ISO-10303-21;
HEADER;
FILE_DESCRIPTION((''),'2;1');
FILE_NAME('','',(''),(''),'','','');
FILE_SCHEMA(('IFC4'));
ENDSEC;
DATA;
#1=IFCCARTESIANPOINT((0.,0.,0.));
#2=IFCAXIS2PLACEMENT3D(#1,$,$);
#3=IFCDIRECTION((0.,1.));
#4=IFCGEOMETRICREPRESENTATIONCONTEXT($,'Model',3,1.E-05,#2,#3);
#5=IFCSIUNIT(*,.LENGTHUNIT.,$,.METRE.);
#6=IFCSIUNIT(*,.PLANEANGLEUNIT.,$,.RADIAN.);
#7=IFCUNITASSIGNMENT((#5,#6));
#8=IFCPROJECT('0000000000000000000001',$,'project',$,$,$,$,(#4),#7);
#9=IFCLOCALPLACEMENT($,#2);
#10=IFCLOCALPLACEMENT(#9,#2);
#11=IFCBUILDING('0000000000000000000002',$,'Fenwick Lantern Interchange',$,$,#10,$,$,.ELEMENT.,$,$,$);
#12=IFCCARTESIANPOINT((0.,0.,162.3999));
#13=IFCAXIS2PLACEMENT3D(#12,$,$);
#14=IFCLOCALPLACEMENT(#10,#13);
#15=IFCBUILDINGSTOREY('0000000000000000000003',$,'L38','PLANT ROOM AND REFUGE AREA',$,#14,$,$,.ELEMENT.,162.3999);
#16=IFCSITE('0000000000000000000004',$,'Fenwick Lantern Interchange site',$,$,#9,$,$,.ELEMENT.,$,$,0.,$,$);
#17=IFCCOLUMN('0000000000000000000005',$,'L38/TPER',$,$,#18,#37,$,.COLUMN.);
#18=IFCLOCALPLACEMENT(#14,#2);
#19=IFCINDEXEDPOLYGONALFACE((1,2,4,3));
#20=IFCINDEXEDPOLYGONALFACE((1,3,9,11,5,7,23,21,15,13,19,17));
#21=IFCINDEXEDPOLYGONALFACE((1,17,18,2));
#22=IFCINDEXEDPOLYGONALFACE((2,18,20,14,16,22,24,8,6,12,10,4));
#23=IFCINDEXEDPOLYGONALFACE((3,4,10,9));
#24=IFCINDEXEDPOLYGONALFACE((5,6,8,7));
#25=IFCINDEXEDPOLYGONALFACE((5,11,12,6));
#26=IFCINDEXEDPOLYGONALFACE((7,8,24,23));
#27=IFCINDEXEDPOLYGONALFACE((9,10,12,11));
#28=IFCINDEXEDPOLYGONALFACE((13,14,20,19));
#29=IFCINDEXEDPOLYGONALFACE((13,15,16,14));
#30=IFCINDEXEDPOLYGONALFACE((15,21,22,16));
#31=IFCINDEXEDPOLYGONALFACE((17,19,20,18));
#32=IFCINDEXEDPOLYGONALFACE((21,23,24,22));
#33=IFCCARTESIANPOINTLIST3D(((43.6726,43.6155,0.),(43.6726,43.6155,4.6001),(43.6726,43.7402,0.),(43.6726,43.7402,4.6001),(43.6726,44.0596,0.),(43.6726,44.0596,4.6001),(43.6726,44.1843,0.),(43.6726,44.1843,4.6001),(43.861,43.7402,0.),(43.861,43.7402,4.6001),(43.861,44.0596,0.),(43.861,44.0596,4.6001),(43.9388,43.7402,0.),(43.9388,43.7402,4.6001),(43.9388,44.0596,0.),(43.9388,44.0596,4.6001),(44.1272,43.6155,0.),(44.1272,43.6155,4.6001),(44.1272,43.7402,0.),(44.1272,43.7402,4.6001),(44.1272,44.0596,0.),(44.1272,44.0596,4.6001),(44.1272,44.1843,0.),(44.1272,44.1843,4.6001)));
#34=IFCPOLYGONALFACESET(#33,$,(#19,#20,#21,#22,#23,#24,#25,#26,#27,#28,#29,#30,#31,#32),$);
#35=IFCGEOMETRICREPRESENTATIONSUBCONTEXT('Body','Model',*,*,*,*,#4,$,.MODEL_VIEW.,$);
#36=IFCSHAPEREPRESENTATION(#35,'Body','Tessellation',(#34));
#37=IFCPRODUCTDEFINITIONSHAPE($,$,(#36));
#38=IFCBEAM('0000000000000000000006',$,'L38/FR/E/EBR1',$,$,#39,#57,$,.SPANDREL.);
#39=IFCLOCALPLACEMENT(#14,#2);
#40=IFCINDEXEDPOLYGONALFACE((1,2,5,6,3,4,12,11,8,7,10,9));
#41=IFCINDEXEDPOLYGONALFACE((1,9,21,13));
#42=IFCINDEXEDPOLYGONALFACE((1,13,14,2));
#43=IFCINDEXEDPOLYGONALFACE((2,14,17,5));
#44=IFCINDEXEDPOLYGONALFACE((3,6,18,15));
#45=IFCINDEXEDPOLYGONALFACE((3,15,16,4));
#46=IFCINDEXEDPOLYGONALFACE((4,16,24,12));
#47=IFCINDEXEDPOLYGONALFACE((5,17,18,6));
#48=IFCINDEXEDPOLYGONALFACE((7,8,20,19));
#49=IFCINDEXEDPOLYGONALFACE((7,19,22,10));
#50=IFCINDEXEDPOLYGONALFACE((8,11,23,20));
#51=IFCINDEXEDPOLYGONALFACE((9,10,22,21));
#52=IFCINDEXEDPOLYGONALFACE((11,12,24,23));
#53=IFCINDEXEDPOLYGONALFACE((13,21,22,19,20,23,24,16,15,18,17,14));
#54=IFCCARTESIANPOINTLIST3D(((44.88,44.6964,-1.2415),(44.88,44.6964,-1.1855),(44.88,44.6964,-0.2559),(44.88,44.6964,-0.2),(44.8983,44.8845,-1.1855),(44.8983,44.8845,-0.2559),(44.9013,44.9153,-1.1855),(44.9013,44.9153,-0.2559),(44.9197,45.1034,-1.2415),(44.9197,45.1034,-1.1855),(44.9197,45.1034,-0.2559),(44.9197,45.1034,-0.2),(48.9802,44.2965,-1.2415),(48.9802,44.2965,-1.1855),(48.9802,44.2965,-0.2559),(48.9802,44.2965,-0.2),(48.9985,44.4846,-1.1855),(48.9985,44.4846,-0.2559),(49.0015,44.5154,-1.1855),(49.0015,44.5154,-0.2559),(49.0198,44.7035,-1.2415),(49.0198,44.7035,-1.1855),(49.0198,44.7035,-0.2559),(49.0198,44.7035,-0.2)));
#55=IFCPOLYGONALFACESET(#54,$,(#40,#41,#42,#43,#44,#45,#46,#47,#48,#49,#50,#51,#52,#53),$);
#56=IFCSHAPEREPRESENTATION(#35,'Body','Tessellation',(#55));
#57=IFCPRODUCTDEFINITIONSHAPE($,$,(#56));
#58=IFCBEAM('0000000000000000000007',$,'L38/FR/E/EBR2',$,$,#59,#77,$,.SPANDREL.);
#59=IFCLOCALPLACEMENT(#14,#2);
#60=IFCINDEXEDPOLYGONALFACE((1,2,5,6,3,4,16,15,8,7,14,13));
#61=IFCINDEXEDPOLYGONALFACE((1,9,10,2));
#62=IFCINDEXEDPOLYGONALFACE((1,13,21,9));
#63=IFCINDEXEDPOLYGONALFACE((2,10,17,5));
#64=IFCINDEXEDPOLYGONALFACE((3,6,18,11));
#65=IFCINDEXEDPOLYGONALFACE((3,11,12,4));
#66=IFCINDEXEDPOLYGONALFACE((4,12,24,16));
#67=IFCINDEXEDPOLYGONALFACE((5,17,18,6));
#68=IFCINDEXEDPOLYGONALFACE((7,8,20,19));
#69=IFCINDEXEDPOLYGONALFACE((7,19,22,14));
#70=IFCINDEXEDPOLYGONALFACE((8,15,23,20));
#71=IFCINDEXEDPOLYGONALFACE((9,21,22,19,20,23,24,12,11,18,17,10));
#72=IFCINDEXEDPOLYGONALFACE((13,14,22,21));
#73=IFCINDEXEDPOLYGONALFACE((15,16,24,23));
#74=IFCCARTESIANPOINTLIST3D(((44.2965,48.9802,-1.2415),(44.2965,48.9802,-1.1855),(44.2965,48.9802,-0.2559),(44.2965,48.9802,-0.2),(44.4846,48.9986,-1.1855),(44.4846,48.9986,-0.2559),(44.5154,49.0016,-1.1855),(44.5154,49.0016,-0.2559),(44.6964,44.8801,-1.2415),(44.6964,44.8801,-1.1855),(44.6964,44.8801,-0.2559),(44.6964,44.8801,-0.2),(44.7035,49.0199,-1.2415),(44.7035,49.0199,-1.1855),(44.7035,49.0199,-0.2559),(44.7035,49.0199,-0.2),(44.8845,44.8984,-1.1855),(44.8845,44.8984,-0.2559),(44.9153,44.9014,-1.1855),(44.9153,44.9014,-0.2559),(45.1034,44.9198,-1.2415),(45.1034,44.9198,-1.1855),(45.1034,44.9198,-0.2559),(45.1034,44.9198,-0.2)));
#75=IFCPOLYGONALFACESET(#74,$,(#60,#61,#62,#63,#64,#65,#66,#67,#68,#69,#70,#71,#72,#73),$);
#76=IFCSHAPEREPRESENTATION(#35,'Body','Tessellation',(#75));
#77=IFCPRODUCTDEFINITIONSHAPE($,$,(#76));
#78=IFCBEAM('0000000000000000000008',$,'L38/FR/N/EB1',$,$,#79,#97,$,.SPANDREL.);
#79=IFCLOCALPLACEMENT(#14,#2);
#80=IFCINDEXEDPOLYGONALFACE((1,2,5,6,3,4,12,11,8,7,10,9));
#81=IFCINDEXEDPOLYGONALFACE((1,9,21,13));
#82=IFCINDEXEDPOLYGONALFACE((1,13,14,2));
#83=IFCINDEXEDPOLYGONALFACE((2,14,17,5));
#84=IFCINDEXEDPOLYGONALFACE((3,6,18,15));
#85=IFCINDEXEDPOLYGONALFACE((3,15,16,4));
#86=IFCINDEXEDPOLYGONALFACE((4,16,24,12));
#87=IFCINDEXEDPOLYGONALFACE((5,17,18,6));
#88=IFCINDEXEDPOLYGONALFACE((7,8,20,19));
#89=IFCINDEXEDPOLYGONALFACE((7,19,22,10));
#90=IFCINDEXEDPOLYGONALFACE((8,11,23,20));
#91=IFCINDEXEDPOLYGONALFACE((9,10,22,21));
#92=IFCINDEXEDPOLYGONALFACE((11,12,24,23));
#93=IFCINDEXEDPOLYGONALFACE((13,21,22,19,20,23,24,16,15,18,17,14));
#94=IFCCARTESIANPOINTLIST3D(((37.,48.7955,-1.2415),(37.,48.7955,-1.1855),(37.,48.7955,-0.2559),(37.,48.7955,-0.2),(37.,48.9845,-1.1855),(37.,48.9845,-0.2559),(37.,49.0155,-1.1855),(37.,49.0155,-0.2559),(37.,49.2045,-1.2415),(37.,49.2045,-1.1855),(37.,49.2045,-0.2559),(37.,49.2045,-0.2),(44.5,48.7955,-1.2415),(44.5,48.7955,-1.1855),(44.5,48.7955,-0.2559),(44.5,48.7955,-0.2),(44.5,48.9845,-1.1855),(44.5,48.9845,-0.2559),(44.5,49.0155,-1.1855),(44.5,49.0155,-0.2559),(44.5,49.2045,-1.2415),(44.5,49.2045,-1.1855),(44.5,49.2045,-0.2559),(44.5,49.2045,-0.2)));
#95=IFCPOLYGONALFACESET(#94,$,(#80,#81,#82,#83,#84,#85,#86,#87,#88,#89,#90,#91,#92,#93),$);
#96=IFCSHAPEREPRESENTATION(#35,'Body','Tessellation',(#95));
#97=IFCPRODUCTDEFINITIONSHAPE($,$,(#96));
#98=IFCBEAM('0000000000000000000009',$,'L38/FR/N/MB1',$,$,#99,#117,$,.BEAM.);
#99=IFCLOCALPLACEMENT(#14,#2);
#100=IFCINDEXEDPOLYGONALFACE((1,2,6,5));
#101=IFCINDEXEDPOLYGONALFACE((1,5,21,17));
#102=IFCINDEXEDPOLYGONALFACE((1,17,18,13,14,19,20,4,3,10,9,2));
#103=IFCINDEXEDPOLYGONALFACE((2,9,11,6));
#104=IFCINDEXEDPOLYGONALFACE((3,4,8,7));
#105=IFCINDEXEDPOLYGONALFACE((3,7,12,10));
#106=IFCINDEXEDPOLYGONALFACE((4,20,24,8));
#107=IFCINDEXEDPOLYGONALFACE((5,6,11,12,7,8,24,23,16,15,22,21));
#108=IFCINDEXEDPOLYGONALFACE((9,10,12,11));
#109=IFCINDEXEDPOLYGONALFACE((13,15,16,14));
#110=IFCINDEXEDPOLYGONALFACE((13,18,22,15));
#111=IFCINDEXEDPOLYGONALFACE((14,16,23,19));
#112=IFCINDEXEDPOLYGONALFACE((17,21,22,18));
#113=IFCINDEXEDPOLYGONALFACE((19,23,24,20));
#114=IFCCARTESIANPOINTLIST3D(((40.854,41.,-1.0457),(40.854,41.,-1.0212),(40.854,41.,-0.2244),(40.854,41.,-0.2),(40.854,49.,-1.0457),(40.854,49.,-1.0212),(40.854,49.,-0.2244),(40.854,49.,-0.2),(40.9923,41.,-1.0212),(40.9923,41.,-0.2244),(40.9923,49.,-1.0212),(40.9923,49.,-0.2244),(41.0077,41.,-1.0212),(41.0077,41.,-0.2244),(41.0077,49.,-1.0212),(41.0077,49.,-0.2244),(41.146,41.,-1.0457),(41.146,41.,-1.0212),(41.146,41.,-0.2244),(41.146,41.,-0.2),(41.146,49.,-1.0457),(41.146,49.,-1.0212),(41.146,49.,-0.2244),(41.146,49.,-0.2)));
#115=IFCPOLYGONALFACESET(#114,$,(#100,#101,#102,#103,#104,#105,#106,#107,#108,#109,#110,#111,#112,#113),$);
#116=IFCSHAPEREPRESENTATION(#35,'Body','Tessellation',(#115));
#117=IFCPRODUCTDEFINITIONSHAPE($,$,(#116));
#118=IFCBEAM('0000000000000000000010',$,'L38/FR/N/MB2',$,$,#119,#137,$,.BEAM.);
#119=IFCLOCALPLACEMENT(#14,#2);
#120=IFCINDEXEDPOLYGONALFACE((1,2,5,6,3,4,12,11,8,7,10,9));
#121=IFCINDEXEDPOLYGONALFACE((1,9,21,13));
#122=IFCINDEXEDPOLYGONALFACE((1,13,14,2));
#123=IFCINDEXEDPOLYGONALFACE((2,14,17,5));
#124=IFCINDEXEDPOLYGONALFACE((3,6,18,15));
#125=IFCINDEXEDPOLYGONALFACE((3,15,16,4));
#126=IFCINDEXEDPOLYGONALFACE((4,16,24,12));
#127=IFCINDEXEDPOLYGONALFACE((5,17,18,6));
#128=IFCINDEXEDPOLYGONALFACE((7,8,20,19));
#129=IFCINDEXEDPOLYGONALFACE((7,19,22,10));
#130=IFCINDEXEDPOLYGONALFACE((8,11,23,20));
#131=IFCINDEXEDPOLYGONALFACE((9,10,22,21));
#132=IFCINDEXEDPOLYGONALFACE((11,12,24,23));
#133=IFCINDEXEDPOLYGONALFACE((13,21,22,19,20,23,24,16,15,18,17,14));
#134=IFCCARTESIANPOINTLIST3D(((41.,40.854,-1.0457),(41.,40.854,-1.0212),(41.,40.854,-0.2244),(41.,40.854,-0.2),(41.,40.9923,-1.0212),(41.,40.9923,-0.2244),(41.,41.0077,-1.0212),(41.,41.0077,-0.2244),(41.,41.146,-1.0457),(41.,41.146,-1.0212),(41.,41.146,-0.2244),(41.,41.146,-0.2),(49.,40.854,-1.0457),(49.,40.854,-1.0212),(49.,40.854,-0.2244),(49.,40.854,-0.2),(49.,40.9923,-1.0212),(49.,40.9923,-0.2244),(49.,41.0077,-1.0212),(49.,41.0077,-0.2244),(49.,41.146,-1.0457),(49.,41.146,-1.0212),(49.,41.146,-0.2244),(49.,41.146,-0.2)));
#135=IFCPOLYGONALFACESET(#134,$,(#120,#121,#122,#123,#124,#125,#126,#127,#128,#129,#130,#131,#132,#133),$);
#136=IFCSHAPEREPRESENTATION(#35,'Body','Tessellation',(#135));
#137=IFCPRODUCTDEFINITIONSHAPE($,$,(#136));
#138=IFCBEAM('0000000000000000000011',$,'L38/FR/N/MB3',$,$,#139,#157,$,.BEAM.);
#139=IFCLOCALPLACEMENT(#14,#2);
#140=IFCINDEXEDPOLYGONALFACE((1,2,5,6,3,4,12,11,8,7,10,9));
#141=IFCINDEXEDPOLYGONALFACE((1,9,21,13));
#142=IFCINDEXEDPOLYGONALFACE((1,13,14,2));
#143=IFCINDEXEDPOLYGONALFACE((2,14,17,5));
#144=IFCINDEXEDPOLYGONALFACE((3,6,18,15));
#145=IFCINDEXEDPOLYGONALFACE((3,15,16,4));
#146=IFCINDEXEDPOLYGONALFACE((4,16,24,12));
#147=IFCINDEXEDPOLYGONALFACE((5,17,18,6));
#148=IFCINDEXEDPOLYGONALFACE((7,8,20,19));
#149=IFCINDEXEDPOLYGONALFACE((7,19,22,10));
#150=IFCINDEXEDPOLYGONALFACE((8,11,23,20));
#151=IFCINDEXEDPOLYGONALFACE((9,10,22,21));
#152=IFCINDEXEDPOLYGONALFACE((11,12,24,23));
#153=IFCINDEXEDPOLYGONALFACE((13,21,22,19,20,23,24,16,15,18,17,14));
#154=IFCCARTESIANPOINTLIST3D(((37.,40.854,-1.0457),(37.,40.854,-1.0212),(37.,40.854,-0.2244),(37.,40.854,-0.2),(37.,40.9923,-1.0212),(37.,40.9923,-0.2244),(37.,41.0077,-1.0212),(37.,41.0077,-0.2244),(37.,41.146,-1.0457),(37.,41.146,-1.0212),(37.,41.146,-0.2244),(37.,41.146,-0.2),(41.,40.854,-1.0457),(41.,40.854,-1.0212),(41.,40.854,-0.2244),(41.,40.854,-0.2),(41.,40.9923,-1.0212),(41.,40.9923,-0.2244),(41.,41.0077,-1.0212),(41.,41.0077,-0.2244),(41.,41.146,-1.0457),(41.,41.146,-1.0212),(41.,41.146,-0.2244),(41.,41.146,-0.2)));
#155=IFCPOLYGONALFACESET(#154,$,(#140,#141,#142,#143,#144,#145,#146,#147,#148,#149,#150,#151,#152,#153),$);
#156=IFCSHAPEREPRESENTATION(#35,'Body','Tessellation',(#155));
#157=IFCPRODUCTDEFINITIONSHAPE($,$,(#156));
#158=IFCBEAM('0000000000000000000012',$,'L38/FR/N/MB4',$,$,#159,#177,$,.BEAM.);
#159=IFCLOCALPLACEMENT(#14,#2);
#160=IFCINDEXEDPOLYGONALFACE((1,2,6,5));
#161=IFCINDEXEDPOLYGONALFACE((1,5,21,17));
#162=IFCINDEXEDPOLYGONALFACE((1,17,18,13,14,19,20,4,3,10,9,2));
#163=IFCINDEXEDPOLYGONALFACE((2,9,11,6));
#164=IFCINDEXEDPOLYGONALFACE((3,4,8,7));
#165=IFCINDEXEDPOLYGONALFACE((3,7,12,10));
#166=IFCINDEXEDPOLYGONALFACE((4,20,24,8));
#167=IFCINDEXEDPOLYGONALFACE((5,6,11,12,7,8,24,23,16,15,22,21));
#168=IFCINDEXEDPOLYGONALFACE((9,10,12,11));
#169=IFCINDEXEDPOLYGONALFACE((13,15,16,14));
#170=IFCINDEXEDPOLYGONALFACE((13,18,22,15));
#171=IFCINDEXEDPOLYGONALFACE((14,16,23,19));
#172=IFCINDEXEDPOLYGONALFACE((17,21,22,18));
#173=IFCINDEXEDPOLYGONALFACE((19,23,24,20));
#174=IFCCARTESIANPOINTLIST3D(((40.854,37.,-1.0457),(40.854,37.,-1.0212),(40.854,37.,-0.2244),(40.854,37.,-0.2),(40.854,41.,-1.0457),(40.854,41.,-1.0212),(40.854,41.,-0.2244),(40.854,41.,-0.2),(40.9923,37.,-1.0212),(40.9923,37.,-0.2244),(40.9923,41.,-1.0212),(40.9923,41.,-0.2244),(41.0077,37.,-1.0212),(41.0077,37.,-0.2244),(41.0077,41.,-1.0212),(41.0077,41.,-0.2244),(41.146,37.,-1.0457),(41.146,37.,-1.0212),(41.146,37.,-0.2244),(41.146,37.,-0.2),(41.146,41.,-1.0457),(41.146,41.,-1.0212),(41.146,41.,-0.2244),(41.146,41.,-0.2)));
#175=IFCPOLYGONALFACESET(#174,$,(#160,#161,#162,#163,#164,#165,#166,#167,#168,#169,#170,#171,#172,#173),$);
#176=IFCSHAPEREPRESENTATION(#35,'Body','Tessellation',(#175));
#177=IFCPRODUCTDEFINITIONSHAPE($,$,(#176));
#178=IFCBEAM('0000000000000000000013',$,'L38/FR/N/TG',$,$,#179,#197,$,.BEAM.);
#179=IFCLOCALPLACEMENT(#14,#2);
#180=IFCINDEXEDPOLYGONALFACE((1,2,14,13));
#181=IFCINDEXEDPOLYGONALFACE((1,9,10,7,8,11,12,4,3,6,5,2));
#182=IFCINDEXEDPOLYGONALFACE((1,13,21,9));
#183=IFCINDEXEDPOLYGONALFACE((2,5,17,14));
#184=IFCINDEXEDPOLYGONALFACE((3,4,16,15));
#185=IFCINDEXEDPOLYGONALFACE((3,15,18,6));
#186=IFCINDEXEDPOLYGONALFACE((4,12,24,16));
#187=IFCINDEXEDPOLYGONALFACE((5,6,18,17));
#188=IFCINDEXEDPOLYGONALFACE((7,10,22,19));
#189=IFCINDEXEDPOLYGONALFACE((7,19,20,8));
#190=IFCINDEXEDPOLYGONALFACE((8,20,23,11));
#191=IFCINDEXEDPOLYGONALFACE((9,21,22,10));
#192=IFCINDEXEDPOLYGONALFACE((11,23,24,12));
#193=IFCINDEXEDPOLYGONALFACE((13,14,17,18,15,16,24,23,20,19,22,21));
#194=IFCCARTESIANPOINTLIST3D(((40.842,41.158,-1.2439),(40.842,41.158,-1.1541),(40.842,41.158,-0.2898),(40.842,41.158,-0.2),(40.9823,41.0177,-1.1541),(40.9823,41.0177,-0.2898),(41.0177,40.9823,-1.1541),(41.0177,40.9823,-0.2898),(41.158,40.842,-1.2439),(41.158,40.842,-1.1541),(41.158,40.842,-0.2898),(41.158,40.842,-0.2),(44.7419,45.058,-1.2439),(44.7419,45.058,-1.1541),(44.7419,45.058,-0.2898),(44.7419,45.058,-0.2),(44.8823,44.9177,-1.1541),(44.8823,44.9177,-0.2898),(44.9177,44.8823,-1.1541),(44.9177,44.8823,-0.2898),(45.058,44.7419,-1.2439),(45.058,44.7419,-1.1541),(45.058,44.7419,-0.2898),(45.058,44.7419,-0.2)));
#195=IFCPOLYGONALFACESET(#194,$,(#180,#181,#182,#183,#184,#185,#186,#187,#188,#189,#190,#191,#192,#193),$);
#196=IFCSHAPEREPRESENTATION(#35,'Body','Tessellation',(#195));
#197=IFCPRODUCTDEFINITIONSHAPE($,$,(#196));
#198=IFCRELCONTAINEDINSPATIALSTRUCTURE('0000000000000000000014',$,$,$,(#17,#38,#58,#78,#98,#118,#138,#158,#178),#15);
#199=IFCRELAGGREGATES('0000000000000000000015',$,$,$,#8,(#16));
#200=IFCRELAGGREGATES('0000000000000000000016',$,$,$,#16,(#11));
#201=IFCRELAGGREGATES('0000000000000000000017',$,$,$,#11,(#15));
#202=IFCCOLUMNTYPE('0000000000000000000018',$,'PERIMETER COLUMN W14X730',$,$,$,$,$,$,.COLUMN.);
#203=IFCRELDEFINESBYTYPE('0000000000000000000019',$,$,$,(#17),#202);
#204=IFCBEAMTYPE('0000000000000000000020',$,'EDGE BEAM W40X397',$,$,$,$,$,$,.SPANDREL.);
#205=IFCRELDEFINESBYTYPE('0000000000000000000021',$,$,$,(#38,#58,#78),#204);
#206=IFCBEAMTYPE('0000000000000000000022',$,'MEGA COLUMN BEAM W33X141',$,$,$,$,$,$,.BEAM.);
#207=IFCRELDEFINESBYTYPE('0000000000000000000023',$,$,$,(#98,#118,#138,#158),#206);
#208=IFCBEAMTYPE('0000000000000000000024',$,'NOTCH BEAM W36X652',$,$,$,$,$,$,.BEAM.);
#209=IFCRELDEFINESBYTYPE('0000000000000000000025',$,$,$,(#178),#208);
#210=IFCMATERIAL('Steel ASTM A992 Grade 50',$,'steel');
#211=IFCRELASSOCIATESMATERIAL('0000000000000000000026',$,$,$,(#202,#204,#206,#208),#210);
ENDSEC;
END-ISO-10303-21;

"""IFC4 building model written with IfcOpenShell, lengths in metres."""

from ifc_helpers import new_model, si_unit, direction, frame, origin, origin_2d, place, context, subcontext, project, spatial, i_section, extrude, material, material_profile, profile_set, type_object, element, save


model = new_model("IFC4")

# Units and contexts
model_context = context("Model", 3, precision=1e-05, world=origin(), true_north=direction((0.0, 1.0)))
body_context = subcontext(model_context, "Body", "Model", "MODEL_VIEW")
ifc_project = project(units=[si_unit("LENGTHUNIT", "METRE"), si_unit("PLANEANGLEUNIT", "RADIAN")], contexts=[model_context])

# Site, building, storey
site_placement = place(None, origin())
site = spatial("IfcSite", under=ifc_project, at=site_placement, Name="Fenwick Lantern Interchange site", CompositionType="ELEMENT", RefElevation=0.0)
building_placement = place(site_placement, origin())
building = spatial("IfcBuilding", under=site, at=building_placement, Name="Fenwick Lantern Interchange", CompositionType="ELEMENT")
storey_placement = place(building_placement, frame((0.0, 0.0, 162.3999)))
storey = spatial("IfcBuildingStorey", under=building, at=storey_placement, Name="L38", Description="PLANT ROOM AND REFUGE AREA", CompositionType="ELEMENT", Elevation=162.3999)

# Column
ifc_material_1 = material(Name="Steel ASTM A992 Grade 50", Category="steel")
ifc_material_profile_1 = material_profile(ifc_material_1, i_section(OverallWidth=0.4546, OverallDepth=0.5688, WebThickness=0.0779, FlangeThickness=0.1248, at=origin_2d()), Name="W14X730")
ifc_profile_set_1 = profile_set([ifc_material_profile_1], Name="Steel ASTM A992 Grade 50")
column_type = type_object("IfcColumnType", Name="PERIMETER COLUMN W14X730", PredefinedType="COLUMN", material=ifc_profile_set_1)
column_placement = place(storey_placement, frame((43.8999, 43.8999, 0.0), z_axis=(0.0, 0.0, 1.0), x_axis=(1.0, 0.0, 0.0)))
element("IfcColumn", 1, at=column_placement, inside=storey, type_object=column_type, Name="L38/TPER", PredefinedType="COLUMN", context=body_context, shape_type="SweptSolid", body=[
    extrude(i_section(OverallWidth=0.4546, OverallDepth=0.5688, WebThickness=0.0779, FlangeThickness=0.1248, at=origin_2d()), origin(), (0.0, 0.0, 1.0), 4.6001),
])

# Beams
ifc_material_profile_2 = material_profile(ifc_material_1, i_section(OverallWidth=0.4089, OverallDepth=1.0415, WebThickness=0.031, FlangeThickness=0.0559, at=origin_2d()), Name="W40X397")
ifc_profile_set_2 = profile_set([ifc_material_profile_2], Name="Steel ASTM A992 Grade 50")
beam_type_1 = type_object("IfcBeamType", Name="EDGE BEAM W40X397", PredefinedType="SPANDREL", material=ifc_profile_set_2)
for number, where, z_axis, x_axis, name in (
    (2, (49.0, 44.5, -0.7207), (-0.995277, 0.097074, 0.0), (-0.097074, -0.995277, 0.0), "L38/FR/E/EBR1"),
    (3, (44.8999, 44.8999, -0.7207), (-0.097074, 0.995277, 0.0), (-0.995277, -0.097074, 0.0), "L38/FR/E/EBR2"),
):
    element("IfcBeam", number, at=place(storey_placement, frame(where, z_axis=z_axis, x_axis=x_axis)), inside=storey, type_object=beam_type_1, Name=name, PredefinedType="SPANDREL", context=body_context, shape_type="SweptSolid", body=[
        extrude(i_section(OverallWidth=0.4089, OverallDepth=1.0415, WebThickness=0.031, FlangeThickness=0.0559, at=origin_2d()), origin(), (0.0, 0.0, 1.0), 4.1196),
    ])
beam_1_placement = place(storey_placement, frame((44.5, 49.0, -0.7207), z_axis=(-1.0, 0.0, 0.0), x_axis=(0.0, -1.0, 0.0)))
element("IfcBeam", 4, at=beam_1_placement, inside=storey, type_object=beam_type_1, Name="L38/FR/N/EB1", PredefinedType="SPANDREL", context=body_context, shape_type="SweptSolid", body=[
    extrude(i_section(OverallWidth=0.4089, OverallDepth=1.0415, WebThickness=0.031, FlangeThickness=0.0559, at=origin_2d()), origin(), (0.0, 0.0, 1.0), 7.5),
])
ifc_material_profile_3 = material_profile(ifc_material_1, i_section(OverallWidth=0.292, OverallDepth=0.8457, WebThickness=0.0154, FlangeThickness=0.0244, at=origin_2d()), Name="W33X141")
ifc_profile_set_3 = profile_set([ifc_material_profile_3], Name="Steel ASTM A992 Grade 50")
beam_type_2 = type_object("IfcBeamType", Name="MEGA COLUMN BEAM W33X141", PredefinedType="BEAM", material=ifc_profile_set_3)
for number, where, z_axis, x_axis, name in (
    (5, (41.0, 41.0, -0.6228), (0.0, 1.0, 0.0), (-1.0, 0.0, 0.0), "L38/FR/N/MB1"),
    (6, (41.0, 41.0, -0.6228), (1.0, 0.0, 0.0), (0.0, 1.0, 0.0), "L38/FR/N/MB2"),
):
    element("IfcBeam", number, at=place(storey_placement, frame(where, z_axis=z_axis, x_axis=x_axis)), inside=storey, type_object=beam_type_2, Name=name, PredefinedType="BEAM", context=body_context, shape_type="SweptSolid", body=[
        extrude(i_section(OverallWidth=0.292, OverallDepth=0.8457, WebThickness=0.0154, FlangeThickness=0.0244, at=origin_2d()), origin(), (0.0, 0.0, 1.0), 8.0),
    ])
for number, where, z_axis, x_axis, name in (
    (7, (41.0, 41.0, -0.6228), (-1.0, 0.0, 0.0), (0.0, -1.0, 0.0), "L38/FR/N/MB3"),
    (8, (41.0, 41.0, -0.6228), (0.0, -1.0, 0.0), (1.0, 0.0, 0.0), "L38/FR/N/MB4"),
):
    element("IfcBeam", number, at=place(storey_placement, frame(where, z_axis=z_axis, x_axis=x_axis)), inside=storey, type_object=beam_type_2, Name=name, PredefinedType="BEAM", context=body_context, shape_type="SweptSolid", body=[
        extrude(i_section(OverallWidth=0.292, OverallDepth=0.8457, WebThickness=0.0154, FlangeThickness=0.0244, at=origin_2d()), origin(), (0.0, 0.0, 1.0), 4.0),
    ])
ifc_material_profile_4 = material_profile(ifc_material_1, i_section(OverallWidth=0.447, OverallDepth=1.0439, WebThickness=0.05, FlangeThickness=0.0898, at=origin_2d()), Name="W36X652")
ifc_profile_set_4 = profile_set([ifc_material_profile_4], Name="Steel ASTM A992 Grade 50")
beam_type_3 = type_object("IfcBeamType", Name="NOTCH BEAM W36X652", PredefinedType="BEAM", material=ifc_profile_set_4)
beam_2_placement = place(storey_placement, frame((41.0, 41.0, -0.7219), z_axis=(0.707107, 0.707107, 0.0), x_axis=(-0.707107, 0.707107, 0.0)))
element("IfcBeam", 9, at=beam_2_placement, inside=storey, type_object=beam_type_3, Name="L38/FR/N/TG", PredefinedType="BEAM", context=body_context, shape_type="SweptSolid", body=[
    extrude(i_section(OverallWidth=0.447, OverallDepth=1.0439, WebThickness=0.05, FlangeThickness=0.0898, at=origin_2d()), origin(), (0.0, 0.0, 1.0), 5.5154),
])

save(model, "model.ifc")
